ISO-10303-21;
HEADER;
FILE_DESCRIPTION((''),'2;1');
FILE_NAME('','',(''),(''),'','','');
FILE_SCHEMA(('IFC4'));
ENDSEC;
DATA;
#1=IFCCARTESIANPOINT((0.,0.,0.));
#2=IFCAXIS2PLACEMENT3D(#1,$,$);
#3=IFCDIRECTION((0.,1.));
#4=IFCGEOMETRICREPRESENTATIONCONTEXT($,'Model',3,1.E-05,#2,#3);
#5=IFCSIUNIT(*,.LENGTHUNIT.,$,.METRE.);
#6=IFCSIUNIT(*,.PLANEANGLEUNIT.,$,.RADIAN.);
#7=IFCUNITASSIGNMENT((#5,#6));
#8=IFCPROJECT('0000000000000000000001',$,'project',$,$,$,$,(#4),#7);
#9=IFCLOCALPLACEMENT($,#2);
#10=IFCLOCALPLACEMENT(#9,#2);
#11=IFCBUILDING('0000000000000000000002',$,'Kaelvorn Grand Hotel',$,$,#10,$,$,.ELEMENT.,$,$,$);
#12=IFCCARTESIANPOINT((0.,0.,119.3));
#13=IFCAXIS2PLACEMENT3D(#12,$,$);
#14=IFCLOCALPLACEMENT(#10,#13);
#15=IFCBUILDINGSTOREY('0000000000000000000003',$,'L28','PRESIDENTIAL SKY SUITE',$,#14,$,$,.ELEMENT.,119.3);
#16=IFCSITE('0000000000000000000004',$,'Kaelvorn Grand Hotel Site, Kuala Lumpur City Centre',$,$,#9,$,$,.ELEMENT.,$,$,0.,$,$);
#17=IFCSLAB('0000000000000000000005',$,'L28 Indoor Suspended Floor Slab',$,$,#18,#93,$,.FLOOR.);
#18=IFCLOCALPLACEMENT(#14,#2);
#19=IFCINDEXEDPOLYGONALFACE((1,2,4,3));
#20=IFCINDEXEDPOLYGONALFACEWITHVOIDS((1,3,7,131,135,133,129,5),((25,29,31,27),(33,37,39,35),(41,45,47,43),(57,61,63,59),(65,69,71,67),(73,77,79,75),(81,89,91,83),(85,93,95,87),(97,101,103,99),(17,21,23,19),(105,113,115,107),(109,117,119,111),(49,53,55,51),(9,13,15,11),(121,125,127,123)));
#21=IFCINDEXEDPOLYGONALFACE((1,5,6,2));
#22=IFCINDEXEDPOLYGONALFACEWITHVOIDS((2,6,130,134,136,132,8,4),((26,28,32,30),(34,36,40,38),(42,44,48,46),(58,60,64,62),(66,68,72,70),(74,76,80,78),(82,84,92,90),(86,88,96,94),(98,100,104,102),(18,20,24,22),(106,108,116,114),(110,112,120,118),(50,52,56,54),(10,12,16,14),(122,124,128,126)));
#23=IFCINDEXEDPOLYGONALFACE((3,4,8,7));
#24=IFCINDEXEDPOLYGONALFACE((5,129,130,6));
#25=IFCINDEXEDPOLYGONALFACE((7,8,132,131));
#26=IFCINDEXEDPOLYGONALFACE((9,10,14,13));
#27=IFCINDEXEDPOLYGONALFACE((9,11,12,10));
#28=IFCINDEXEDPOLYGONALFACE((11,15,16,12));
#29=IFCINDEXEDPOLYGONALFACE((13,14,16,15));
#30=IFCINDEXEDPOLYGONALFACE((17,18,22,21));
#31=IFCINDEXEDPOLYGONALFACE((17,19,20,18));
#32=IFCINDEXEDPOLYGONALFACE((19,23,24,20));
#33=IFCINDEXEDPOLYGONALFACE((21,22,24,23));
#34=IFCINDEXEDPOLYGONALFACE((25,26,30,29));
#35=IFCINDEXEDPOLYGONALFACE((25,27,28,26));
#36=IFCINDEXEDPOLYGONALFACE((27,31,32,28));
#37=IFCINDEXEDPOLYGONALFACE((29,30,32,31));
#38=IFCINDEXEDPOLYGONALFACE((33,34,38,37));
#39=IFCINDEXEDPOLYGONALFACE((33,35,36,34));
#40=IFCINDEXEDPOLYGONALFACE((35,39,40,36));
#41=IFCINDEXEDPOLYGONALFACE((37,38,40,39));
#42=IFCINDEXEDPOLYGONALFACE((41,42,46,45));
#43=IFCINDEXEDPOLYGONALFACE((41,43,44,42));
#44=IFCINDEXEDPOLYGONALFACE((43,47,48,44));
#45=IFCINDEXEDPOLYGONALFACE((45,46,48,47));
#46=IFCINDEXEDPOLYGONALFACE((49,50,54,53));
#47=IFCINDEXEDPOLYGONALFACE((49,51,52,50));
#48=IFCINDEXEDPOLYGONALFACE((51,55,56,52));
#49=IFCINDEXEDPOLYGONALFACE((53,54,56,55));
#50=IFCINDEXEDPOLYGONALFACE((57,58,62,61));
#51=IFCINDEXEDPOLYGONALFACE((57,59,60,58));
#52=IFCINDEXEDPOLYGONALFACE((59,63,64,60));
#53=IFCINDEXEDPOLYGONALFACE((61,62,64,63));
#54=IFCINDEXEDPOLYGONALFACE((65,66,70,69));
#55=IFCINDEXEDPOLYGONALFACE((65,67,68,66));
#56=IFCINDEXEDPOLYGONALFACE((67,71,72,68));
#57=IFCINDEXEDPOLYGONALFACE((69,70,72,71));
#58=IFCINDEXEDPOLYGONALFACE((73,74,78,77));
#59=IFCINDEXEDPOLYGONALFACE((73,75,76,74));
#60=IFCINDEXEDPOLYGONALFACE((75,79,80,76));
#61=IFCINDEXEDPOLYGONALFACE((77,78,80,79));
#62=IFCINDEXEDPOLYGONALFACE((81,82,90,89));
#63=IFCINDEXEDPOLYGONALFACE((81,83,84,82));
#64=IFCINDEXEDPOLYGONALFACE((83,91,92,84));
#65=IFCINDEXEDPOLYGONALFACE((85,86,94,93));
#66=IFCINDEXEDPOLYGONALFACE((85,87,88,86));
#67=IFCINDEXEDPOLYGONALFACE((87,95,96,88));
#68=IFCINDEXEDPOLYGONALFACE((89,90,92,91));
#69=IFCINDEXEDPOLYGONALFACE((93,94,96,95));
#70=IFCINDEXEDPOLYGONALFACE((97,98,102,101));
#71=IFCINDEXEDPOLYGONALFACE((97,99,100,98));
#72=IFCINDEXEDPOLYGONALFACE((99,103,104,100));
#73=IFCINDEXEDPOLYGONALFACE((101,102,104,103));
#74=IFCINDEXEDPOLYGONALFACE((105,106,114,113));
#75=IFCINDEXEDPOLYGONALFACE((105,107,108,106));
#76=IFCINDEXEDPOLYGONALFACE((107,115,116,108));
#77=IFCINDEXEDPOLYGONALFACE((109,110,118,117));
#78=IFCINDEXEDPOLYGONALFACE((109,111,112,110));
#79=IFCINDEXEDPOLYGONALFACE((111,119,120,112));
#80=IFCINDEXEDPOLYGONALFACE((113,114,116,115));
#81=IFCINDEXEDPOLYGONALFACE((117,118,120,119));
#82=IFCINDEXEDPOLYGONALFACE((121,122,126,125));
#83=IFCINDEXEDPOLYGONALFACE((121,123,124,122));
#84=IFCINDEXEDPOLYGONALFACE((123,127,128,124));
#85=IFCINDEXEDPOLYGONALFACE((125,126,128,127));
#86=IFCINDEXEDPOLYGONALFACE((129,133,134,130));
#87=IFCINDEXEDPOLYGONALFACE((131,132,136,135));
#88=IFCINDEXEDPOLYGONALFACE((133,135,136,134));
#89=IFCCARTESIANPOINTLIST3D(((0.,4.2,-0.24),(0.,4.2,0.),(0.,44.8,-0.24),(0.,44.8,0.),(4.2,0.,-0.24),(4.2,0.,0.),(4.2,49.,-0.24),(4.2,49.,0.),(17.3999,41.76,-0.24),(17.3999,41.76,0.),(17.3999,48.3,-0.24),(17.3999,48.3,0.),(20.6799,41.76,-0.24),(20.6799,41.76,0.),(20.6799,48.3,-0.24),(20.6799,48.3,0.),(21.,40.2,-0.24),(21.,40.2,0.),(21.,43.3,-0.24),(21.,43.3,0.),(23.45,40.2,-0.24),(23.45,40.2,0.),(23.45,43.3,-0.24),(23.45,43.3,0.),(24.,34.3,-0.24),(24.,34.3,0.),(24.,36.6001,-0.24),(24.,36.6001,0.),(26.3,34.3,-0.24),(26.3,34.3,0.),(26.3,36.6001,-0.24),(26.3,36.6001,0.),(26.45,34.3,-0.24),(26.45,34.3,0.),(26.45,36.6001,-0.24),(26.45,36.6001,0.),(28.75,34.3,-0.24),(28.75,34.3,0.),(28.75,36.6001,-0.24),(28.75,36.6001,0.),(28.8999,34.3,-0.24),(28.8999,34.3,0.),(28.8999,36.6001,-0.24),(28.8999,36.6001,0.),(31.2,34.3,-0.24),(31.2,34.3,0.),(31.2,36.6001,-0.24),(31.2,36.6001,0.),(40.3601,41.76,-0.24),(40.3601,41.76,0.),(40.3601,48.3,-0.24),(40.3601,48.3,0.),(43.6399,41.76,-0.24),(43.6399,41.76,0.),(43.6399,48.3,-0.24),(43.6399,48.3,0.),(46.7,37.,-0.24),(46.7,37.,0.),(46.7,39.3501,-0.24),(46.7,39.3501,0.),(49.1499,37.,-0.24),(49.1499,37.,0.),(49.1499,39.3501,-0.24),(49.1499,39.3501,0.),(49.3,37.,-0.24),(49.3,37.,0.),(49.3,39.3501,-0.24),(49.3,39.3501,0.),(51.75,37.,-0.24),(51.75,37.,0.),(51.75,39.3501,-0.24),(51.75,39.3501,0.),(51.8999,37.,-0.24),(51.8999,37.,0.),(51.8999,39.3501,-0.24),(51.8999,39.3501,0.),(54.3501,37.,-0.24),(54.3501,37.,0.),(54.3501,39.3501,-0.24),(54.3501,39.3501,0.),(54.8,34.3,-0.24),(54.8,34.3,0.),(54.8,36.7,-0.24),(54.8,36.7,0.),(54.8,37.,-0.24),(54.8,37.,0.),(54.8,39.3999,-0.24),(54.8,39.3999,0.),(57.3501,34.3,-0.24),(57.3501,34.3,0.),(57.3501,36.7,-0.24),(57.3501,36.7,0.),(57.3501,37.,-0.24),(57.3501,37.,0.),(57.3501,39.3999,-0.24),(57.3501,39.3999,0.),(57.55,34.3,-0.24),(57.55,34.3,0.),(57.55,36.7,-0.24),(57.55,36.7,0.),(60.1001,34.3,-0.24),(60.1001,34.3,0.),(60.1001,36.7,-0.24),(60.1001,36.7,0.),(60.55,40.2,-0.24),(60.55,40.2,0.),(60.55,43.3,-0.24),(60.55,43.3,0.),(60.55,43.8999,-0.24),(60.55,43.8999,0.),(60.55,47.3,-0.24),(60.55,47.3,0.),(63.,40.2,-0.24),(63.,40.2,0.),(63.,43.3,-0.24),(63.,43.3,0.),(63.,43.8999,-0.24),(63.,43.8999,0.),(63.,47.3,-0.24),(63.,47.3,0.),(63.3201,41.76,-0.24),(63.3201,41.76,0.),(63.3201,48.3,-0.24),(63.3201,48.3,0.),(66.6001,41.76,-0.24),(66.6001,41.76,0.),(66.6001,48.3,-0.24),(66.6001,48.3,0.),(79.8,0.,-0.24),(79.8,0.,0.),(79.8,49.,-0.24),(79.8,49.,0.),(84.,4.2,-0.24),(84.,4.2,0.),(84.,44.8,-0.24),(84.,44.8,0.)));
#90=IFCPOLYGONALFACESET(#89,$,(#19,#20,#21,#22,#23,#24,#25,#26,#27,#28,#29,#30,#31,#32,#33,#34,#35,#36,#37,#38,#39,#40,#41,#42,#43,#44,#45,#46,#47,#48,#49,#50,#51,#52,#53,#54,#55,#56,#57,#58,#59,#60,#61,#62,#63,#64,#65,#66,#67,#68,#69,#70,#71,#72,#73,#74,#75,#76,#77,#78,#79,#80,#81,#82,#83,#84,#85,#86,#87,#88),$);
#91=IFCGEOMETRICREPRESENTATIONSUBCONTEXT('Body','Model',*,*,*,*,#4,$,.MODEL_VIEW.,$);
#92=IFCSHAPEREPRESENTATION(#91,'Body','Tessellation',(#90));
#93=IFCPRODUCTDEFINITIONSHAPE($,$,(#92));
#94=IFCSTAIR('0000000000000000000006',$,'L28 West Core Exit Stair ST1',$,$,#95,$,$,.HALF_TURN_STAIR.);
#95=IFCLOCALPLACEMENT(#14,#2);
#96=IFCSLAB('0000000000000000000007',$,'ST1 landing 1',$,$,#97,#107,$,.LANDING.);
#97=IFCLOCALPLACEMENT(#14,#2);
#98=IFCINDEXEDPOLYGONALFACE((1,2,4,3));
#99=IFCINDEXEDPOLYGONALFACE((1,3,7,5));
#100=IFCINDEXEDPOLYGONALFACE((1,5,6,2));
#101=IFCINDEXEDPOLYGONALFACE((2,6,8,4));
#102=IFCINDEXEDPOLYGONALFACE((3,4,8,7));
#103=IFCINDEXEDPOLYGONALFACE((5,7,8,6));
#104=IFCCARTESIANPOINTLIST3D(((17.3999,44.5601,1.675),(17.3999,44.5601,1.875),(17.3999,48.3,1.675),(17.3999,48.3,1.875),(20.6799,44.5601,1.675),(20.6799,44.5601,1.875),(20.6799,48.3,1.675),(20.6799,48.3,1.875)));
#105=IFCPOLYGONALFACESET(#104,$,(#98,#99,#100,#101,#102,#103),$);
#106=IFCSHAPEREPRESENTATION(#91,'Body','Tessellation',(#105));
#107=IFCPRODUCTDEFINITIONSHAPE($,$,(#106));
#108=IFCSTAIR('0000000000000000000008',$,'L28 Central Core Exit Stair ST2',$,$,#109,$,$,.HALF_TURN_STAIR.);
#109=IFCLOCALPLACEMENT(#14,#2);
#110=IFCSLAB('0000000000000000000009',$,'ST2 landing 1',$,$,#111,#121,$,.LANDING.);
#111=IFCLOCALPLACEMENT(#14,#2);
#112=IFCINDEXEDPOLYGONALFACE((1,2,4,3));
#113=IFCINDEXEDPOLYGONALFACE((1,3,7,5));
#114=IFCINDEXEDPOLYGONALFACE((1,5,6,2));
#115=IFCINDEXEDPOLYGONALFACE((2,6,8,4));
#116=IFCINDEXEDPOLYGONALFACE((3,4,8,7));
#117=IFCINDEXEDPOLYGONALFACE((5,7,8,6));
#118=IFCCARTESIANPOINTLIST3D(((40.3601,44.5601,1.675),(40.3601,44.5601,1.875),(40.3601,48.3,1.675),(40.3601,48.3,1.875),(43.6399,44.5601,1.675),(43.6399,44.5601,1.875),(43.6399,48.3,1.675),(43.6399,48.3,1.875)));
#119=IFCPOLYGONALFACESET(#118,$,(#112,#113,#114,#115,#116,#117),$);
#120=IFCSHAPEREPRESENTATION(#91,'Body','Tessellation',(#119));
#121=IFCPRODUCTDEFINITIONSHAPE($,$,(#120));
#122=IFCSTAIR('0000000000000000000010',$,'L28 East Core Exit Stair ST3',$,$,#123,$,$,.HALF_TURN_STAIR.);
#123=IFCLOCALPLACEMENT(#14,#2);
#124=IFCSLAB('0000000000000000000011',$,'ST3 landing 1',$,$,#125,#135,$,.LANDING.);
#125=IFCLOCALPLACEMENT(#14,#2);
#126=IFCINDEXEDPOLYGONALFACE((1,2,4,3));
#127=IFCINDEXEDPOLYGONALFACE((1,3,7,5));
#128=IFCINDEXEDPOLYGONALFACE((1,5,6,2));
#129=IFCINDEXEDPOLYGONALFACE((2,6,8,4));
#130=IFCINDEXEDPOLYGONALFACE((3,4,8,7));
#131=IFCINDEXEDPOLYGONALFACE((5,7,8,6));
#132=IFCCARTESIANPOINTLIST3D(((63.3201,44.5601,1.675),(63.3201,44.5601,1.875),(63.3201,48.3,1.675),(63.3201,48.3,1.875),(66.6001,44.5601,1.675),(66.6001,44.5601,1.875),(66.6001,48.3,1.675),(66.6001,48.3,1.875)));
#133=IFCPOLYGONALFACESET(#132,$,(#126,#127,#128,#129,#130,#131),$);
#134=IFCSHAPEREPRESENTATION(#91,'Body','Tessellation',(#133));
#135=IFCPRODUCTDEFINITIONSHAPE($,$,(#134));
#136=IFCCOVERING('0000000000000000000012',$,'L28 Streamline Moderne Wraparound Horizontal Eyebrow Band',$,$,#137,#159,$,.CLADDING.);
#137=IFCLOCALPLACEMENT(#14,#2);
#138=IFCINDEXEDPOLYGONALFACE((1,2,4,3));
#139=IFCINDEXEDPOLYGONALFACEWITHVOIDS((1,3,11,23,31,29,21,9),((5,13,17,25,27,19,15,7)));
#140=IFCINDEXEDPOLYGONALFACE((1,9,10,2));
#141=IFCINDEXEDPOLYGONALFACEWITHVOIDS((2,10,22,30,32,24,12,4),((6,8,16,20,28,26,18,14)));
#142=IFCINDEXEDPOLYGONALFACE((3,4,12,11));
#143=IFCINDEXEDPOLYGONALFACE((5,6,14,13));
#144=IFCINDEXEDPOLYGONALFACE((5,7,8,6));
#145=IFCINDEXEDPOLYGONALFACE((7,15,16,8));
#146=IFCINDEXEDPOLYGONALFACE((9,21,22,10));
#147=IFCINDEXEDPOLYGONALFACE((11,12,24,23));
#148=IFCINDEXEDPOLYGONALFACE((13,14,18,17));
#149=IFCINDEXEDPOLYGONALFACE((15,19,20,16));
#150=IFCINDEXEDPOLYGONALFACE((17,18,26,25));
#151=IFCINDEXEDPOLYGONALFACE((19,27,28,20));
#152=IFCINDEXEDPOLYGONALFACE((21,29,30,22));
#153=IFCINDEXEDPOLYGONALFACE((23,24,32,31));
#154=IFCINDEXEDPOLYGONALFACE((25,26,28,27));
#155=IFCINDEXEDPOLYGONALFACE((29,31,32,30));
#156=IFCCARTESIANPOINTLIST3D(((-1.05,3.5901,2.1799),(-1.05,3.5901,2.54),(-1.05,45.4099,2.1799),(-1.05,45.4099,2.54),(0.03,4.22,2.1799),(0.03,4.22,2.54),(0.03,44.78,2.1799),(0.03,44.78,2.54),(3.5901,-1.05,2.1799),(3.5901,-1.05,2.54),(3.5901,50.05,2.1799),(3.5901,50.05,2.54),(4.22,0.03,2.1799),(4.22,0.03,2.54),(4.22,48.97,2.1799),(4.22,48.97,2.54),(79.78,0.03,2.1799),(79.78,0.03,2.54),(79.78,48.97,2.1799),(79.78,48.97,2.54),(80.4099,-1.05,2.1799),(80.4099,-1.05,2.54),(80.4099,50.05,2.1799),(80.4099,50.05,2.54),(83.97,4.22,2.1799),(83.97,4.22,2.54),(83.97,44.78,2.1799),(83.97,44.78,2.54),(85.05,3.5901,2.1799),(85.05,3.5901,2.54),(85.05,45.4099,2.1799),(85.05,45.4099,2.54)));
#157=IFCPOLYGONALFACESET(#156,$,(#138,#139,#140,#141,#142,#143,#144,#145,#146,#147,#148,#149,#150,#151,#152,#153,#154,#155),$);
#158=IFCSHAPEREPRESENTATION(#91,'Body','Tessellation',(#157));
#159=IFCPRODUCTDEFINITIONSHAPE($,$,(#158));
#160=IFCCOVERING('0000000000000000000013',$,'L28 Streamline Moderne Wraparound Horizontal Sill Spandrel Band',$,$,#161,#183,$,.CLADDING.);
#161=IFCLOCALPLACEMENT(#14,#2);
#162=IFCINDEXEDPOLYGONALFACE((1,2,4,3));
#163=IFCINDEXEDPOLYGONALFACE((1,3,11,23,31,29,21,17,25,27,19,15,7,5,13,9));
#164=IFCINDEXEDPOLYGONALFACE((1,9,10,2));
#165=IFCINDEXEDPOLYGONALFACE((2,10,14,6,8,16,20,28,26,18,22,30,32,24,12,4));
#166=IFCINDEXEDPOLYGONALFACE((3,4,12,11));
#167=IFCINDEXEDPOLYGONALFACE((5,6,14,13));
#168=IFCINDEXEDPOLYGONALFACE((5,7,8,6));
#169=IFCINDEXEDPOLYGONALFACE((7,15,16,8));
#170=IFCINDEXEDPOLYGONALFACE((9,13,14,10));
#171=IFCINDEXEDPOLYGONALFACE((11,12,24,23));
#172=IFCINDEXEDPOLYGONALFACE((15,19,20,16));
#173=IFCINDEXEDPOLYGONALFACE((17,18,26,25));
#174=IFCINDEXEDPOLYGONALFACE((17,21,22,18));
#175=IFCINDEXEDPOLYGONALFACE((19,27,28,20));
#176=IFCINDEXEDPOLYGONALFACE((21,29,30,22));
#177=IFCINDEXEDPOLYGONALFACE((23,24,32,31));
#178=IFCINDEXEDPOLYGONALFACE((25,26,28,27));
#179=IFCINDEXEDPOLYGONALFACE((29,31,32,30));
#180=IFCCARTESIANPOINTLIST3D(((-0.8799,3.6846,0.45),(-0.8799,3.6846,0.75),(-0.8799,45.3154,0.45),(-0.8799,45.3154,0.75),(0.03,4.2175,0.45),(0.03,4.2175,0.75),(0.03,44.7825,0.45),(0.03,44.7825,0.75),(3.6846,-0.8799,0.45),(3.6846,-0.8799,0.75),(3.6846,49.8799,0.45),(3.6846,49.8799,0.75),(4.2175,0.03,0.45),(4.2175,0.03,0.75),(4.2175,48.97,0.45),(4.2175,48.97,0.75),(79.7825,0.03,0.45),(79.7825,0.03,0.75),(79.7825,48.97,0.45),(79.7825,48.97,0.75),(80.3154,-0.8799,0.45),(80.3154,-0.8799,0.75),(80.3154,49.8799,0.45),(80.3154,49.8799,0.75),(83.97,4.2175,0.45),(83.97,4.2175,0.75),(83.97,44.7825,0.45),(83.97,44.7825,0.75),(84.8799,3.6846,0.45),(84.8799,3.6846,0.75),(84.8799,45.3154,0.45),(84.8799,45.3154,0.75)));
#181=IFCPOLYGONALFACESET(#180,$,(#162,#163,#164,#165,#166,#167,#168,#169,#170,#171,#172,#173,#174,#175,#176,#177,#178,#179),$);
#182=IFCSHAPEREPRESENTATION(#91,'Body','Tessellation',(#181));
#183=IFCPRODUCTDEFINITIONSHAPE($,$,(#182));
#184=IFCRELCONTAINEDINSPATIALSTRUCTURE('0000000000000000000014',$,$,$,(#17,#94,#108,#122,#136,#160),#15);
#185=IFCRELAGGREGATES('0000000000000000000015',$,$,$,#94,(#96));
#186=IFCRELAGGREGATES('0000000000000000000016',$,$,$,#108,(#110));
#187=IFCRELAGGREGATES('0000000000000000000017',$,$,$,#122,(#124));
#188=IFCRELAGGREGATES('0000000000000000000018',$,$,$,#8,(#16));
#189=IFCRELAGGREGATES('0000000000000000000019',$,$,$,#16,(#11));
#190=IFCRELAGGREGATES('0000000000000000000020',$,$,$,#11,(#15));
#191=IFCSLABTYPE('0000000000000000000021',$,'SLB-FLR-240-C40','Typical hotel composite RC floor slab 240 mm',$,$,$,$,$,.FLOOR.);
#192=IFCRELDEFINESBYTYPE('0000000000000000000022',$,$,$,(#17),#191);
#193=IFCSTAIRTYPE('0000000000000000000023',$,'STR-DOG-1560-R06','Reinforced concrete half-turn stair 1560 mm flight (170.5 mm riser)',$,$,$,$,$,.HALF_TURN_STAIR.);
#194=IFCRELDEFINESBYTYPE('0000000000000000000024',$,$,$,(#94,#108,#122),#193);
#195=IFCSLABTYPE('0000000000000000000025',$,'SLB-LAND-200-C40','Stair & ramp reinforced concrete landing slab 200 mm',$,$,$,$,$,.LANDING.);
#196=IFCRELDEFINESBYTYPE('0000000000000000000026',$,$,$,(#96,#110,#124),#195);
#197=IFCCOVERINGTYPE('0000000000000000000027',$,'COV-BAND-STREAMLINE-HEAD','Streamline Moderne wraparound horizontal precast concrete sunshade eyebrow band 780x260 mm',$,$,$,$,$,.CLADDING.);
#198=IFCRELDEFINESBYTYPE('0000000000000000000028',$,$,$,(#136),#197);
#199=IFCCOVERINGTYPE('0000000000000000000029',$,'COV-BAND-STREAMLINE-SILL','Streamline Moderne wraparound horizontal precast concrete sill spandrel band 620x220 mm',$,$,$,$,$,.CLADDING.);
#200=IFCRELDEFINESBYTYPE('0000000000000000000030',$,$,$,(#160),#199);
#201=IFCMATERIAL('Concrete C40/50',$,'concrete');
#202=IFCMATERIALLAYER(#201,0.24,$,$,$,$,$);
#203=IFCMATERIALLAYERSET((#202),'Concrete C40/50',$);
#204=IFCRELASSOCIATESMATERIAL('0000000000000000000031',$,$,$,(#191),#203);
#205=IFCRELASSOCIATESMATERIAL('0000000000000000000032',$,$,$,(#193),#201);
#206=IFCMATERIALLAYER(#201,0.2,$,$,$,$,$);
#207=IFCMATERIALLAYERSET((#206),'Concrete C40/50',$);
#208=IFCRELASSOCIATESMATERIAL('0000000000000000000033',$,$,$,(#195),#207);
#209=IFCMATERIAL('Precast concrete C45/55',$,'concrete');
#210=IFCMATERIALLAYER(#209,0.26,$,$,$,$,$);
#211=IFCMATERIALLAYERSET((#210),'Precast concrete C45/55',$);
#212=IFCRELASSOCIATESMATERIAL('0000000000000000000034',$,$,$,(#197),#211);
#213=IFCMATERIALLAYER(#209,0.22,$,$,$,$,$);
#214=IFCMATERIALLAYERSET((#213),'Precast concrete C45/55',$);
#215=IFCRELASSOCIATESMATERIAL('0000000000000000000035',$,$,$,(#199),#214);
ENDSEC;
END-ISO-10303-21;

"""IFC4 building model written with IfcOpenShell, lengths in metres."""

from ifc_helpers import new_model, si_unit, direction, frame, origin, place, context, subcontext, project, spatial, polyline, outline, extrude, material, layer, layer_set, type_object, element, aggregate, save


model = new_model("IFC4")

# Units and contexts
model_context = context("Model", 3, precision=1e-05, world=origin(), true_north=direction((0.0, 1.0)))
body_context = subcontext(model_context, "Body", "Model", "MODEL_VIEW")
ifc_project = project(units=[si_unit("LENGTHUNIT", "METRE"), si_unit("PLANEANGLEUNIT", "RADIAN")], contexts=[model_context])

# Site, building, storey
site_placement = place(None, origin())
site = spatial("IfcSite", under=ifc_project, at=site_placement, Name="Kaelvorn Grand Hotel Site, Kuala Lumpur City Centre", CompositionType="ELEMENT", RefElevation=0.0)
building_placement = place(site_placement, origin())
building = spatial("IfcBuilding", under=site, at=building_placement, Name="Kaelvorn Grand Hotel", CompositionType="ELEMENT")
storey_placement = place(building_placement, frame((0.0, 0.0, 119.3)))
storey = spatial("IfcBuildingStorey", under=building, at=storey_placement, Name="L28", Description="PRESIDENTIAL SKY SUITE", CompositionType="ELEMENT", Elevation=119.3)

# Slab
ifc_material_1 = material(Name="Concrete C40/50", Category="concrete")
ifc_layer_1 = layer(ifc_material_1, 0.24)
ifc_layer_set_1 = layer_set([ifc_layer_1], Name="Concrete C40/50")
slab_type_1 = type_object("IfcSlabType", Name="SLB-FLR-240-C40", Description="Typical hotel composite RC floor slab 240 mm", PredefinedType="FLOOR", material=ifc_layer_set_1)
slab_1_placement = place(storey_placement, frame((0.0, 0.0, -0.24)))
element("IfcSlab", 1, at=slab_1_placement, inside=storey, type_object=slab_type_1, Name="L28 Indoor Suspended Floor Slab", PredefinedType="FLOOR", context=body_context, shape_type="SweptSolid", body=[
    extrude(outline(polyline([(4.2, 0.0), (79.8, 0.0), (84.0, 4.2), (84.0, 44.8), (79.8, 49.0), (4.2, 49.0), (0.0, 44.8), (0.0, 4.2), (4.2, 0.0)]), holes=[polyline([(17.3999, 41.76), (17.3999, 48.3), (20.6799, 48.3), (20.6799, 41.76), (17.3999, 41.76)]), polyline([(40.3601, 41.76), (40.3601, 48.3), (43.6399, 48.3), (43.6399, 41.76), (40.3601, 41.76)]), polyline([(63.3201, 41.76), (63.3201, 48.3), (66.6001, 48.3), (66.6001, 41.76), (63.3201, 41.76)]), polyline([(24.0, 34.3), (24.0, 36.6001), (26.3, 36.6001), (26.3, 34.3), (24.0, 34.3)]), polyline([(26.45, 34.3), (26.45, 36.6001), (28.75, 36.6001), (28.75, 34.3), (26.45, 34.3)]), polyline([(28.8999, 34.3), (28.8999, 36.6001), (31.2, 36.6001), (31.2, 34.3), (28.8999, 34.3)]), polyline([(46.7, 37.0), (46.7, 39.3501), (49.1499, 39.3501), (49.1499, 37.0), (46.7, 37.0)]), polyline([(49.3, 37.0), (49.3, 39.3501), (51.75, 39.3501), (51.75, 37.0), (49.3, 37.0)]), polyline([(51.8999, 37.0), (51.8999, 39.3501), (54.3501, 39.3501), (54.3501, 37.0), (51.8999, 37.0)]), polyline([(54.8, 34.3), (54.8, 36.7), (57.3501, 36.7), (57.3501, 34.3), (54.8, 34.3)]), polyline([(57.55, 34.3), (57.55, 36.7), (60.1001, 36.7), (60.1001, 34.3), (57.55, 34.3)]), polyline([(54.8, 37.0), (54.8, 39.3999), (57.3501, 39.3999), (57.3501, 37.0), (54.8, 37.0)]), polyline([(21.0, 40.2), (21.0, 43.3), (23.45, 43.3), (23.45, 40.2), (21.0, 40.2)]), polyline([(60.55, 40.2), (60.55, 43.3), (63.0, 43.3), (63.0, 40.2), (60.55, 40.2)]), polyline([(60.55, 43.8999), (60.55, 47.3), (63.0, 47.3), (63.0, 43.8999), (60.55, 43.8999)])]), origin(), (0.0, 0.0, 1.0), 0.24),
])

# Stairs, slabs
stair_type = type_object("IfcStairType", Name="STR-DOG-1560-R06", Description="Reinforced concrete half-turn stair 1560 mm flight (170.5 mm riser)", PredefinedType="HALF_TURN_STAIR", material=ifc_material_1)
stair_1_placement = place(storey_placement, origin())
stair_1 = element("IfcStair", 2, at=stair_1_placement, inside=storey, type_object=stair_type, Name="L28 West Core Exit Stair ST1", PredefinedType="HALF_TURN_STAIR")
ifc_layer_2 = layer(ifc_material_1, 0.2)
ifc_layer_set_2 = layer_set([ifc_layer_2], Name="Concrete C40/50")
slab_type_2 = type_object("IfcSlabType", Name="SLB-LAND-200-C40", Description="Stair & ramp reinforced concrete landing slab 200 mm", PredefinedType="LANDING", material=ifc_layer_set_2)
slab_2_placement = place(storey_placement, frame((0.0, 0.0, 1.675)))
slab_2 = element("IfcSlab", 3, at=slab_2_placement, type_object=slab_type_2, Name="ST1 landing 1", PredefinedType="LANDING", context=body_context, shape_type="SweptSolid", body=[
    extrude(outline(polyline([(20.6799, 44.5601), (20.6799, 48.3), (17.3999, 48.3), (17.3999, 44.5601), (20.6799, 44.5601)])), origin(), (0.0, 0.0, 1.0), 0.2),
])
aggregate(stair_1, [slab_2])
stair_2_placement = place(storey_placement, origin())
stair_2 = element("IfcStair", 4, at=stair_2_placement, inside=storey, type_object=stair_type, Name="L28 Central Core Exit Stair ST2", PredefinedType="HALF_TURN_STAIR")
slab_3_placement = place(storey_placement, frame((0.0, 0.0, 1.675)))
slab_3 = element("IfcSlab", 5, at=slab_3_placement, type_object=slab_type_2, Name="ST2 landing 1", PredefinedType="LANDING", context=body_context, shape_type="SweptSolid", body=[
    extrude(outline(polyline([(43.6399, 44.5601), (43.6399, 48.3), (40.3601, 48.3), (40.3601, 44.5601), (43.6399, 44.5601)])), origin(), (0.0, 0.0, 1.0), 0.2),
])
aggregate(stair_2, [slab_3])
stair_3_placement = place(storey_placement, origin())
stair_3 = element("IfcStair", 6, at=stair_3_placement, inside=storey, type_object=stair_type, Name="L28 East Core Exit Stair ST3", PredefinedType="HALF_TURN_STAIR")
slab_4_placement = place(storey_placement, frame((0.0, 0.0, 1.675)))
slab_4 = element("IfcSlab", 7, at=slab_4_placement, type_object=slab_type_2, Name="ST3 landing 1", PredefinedType="LANDING", context=body_context, shape_type="SweptSolid", body=[
    extrude(outline(polyline([(66.6001, 44.5601), (66.6001, 48.3), (63.3201, 48.3), (63.3201, 44.5601), (66.6001, 44.5601)])), origin(), (0.0, 0.0, 1.0), 0.2),
])
aggregate(stair_3, [slab_4])

# Coverings
ifc_material_2 = material(Name="Precast concrete C45/55", Category="concrete")
ifc_layer_3 = layer(ifc_material_2, 0.26)
ifc_layer_set_3 = layer_set([ifc_layer_3], Name="Precast concrete C45/55")
covering_type_1 = type_object("IfcCoveringType", Name="COV-BAND-STREAMLINE-HEAD", Description="Streamline Moderne wraparound horizontal precast concrete sunshade eyebrow band 780x260 mm", PredefinedType="CLADDING", material=ifc_layer_set_3)
covering_1_placement = place(storey_placement, frame((0.0, 0.0, 2.1799)))
element("IfcCovering", 8, at=covering_1_placement, inside=storey, type_object=covering_type_1, Name="L28 Streamline Moderne Wraparound Horizontal Eyebrow Band", PredefinedType="CLADDING", context=body_context, shape_type="SweptSolid", body=[
    extrude(outline(polyline([(3.5901, -1.05), (80.4099, -1.05), (85.05, 3.5901), (85.05, 45.4099), (80.4099, 50.05), (3.5901, 50.05), (-1.05, 45.4099), (-1.05, 3.5901), (3.5901, -1.05)]), holes=[polyline([(4.22, 0.03), (79.78, 0.03), (83.97, 4.22), (83.97, 44.78), (79.78, 48.97), (4.22, 48.97), (0.03, 44.78), (0.03, 4.22), (4.22, 0.03)])]), origin(), (0.0, 0.0, 1.0), 0.3601),
])
ifc_layer_4 = layer(ifc_material_2, 0.22)
ifc_layer_set_4 = layer_set([ifc_layer_4], Name="Precast concrete C45/55")
covering_type_2 = type_object("IfcCoveringType", Name="COV-BAND-STREAMLINE-SILL", Description="Streamline Moderne wraparound horizontal precast concrete sill spandrel band 620x220 mm", PredefinedType="CLADDING", material=ifc_layer_set_4)
covering_2_placement = place(storey_placement, frame((0.0, 0.0, 0.45)))
element("IfcCovering", 9, at=covering_2_placement, inside=storey, type_object=covering_type_2, Name="L28 Streamline Moderne Wraparound Horizontal Sill Spandrel Band", PredefinedType="CLADDING", context=body_context, shape_type="SweptSolid", body=[
    extrude(outline(polyline([(80.3154, -0.8799), (84.8799, 3.6846), (84.8799, 45.3154), (80.3154, 49.8799), (3.6846, 49.8799), (-0.8799, 45.3154), (-0.8799, 3.6846), (3.6846, -0.8799), (4.2175, 0.03), (0.03, 4.2175), (0.03, 44.7825), (4.2175, 48.97), (79.7825, 48.97), (83.97, 44.7825), (83.97, 4.2175), (79.7825, 0.03), (80.3154, -0.8799)])), origin(), (0.0, 0.0, 1.0), 0.3),
])

save(model, "model.ifc")
